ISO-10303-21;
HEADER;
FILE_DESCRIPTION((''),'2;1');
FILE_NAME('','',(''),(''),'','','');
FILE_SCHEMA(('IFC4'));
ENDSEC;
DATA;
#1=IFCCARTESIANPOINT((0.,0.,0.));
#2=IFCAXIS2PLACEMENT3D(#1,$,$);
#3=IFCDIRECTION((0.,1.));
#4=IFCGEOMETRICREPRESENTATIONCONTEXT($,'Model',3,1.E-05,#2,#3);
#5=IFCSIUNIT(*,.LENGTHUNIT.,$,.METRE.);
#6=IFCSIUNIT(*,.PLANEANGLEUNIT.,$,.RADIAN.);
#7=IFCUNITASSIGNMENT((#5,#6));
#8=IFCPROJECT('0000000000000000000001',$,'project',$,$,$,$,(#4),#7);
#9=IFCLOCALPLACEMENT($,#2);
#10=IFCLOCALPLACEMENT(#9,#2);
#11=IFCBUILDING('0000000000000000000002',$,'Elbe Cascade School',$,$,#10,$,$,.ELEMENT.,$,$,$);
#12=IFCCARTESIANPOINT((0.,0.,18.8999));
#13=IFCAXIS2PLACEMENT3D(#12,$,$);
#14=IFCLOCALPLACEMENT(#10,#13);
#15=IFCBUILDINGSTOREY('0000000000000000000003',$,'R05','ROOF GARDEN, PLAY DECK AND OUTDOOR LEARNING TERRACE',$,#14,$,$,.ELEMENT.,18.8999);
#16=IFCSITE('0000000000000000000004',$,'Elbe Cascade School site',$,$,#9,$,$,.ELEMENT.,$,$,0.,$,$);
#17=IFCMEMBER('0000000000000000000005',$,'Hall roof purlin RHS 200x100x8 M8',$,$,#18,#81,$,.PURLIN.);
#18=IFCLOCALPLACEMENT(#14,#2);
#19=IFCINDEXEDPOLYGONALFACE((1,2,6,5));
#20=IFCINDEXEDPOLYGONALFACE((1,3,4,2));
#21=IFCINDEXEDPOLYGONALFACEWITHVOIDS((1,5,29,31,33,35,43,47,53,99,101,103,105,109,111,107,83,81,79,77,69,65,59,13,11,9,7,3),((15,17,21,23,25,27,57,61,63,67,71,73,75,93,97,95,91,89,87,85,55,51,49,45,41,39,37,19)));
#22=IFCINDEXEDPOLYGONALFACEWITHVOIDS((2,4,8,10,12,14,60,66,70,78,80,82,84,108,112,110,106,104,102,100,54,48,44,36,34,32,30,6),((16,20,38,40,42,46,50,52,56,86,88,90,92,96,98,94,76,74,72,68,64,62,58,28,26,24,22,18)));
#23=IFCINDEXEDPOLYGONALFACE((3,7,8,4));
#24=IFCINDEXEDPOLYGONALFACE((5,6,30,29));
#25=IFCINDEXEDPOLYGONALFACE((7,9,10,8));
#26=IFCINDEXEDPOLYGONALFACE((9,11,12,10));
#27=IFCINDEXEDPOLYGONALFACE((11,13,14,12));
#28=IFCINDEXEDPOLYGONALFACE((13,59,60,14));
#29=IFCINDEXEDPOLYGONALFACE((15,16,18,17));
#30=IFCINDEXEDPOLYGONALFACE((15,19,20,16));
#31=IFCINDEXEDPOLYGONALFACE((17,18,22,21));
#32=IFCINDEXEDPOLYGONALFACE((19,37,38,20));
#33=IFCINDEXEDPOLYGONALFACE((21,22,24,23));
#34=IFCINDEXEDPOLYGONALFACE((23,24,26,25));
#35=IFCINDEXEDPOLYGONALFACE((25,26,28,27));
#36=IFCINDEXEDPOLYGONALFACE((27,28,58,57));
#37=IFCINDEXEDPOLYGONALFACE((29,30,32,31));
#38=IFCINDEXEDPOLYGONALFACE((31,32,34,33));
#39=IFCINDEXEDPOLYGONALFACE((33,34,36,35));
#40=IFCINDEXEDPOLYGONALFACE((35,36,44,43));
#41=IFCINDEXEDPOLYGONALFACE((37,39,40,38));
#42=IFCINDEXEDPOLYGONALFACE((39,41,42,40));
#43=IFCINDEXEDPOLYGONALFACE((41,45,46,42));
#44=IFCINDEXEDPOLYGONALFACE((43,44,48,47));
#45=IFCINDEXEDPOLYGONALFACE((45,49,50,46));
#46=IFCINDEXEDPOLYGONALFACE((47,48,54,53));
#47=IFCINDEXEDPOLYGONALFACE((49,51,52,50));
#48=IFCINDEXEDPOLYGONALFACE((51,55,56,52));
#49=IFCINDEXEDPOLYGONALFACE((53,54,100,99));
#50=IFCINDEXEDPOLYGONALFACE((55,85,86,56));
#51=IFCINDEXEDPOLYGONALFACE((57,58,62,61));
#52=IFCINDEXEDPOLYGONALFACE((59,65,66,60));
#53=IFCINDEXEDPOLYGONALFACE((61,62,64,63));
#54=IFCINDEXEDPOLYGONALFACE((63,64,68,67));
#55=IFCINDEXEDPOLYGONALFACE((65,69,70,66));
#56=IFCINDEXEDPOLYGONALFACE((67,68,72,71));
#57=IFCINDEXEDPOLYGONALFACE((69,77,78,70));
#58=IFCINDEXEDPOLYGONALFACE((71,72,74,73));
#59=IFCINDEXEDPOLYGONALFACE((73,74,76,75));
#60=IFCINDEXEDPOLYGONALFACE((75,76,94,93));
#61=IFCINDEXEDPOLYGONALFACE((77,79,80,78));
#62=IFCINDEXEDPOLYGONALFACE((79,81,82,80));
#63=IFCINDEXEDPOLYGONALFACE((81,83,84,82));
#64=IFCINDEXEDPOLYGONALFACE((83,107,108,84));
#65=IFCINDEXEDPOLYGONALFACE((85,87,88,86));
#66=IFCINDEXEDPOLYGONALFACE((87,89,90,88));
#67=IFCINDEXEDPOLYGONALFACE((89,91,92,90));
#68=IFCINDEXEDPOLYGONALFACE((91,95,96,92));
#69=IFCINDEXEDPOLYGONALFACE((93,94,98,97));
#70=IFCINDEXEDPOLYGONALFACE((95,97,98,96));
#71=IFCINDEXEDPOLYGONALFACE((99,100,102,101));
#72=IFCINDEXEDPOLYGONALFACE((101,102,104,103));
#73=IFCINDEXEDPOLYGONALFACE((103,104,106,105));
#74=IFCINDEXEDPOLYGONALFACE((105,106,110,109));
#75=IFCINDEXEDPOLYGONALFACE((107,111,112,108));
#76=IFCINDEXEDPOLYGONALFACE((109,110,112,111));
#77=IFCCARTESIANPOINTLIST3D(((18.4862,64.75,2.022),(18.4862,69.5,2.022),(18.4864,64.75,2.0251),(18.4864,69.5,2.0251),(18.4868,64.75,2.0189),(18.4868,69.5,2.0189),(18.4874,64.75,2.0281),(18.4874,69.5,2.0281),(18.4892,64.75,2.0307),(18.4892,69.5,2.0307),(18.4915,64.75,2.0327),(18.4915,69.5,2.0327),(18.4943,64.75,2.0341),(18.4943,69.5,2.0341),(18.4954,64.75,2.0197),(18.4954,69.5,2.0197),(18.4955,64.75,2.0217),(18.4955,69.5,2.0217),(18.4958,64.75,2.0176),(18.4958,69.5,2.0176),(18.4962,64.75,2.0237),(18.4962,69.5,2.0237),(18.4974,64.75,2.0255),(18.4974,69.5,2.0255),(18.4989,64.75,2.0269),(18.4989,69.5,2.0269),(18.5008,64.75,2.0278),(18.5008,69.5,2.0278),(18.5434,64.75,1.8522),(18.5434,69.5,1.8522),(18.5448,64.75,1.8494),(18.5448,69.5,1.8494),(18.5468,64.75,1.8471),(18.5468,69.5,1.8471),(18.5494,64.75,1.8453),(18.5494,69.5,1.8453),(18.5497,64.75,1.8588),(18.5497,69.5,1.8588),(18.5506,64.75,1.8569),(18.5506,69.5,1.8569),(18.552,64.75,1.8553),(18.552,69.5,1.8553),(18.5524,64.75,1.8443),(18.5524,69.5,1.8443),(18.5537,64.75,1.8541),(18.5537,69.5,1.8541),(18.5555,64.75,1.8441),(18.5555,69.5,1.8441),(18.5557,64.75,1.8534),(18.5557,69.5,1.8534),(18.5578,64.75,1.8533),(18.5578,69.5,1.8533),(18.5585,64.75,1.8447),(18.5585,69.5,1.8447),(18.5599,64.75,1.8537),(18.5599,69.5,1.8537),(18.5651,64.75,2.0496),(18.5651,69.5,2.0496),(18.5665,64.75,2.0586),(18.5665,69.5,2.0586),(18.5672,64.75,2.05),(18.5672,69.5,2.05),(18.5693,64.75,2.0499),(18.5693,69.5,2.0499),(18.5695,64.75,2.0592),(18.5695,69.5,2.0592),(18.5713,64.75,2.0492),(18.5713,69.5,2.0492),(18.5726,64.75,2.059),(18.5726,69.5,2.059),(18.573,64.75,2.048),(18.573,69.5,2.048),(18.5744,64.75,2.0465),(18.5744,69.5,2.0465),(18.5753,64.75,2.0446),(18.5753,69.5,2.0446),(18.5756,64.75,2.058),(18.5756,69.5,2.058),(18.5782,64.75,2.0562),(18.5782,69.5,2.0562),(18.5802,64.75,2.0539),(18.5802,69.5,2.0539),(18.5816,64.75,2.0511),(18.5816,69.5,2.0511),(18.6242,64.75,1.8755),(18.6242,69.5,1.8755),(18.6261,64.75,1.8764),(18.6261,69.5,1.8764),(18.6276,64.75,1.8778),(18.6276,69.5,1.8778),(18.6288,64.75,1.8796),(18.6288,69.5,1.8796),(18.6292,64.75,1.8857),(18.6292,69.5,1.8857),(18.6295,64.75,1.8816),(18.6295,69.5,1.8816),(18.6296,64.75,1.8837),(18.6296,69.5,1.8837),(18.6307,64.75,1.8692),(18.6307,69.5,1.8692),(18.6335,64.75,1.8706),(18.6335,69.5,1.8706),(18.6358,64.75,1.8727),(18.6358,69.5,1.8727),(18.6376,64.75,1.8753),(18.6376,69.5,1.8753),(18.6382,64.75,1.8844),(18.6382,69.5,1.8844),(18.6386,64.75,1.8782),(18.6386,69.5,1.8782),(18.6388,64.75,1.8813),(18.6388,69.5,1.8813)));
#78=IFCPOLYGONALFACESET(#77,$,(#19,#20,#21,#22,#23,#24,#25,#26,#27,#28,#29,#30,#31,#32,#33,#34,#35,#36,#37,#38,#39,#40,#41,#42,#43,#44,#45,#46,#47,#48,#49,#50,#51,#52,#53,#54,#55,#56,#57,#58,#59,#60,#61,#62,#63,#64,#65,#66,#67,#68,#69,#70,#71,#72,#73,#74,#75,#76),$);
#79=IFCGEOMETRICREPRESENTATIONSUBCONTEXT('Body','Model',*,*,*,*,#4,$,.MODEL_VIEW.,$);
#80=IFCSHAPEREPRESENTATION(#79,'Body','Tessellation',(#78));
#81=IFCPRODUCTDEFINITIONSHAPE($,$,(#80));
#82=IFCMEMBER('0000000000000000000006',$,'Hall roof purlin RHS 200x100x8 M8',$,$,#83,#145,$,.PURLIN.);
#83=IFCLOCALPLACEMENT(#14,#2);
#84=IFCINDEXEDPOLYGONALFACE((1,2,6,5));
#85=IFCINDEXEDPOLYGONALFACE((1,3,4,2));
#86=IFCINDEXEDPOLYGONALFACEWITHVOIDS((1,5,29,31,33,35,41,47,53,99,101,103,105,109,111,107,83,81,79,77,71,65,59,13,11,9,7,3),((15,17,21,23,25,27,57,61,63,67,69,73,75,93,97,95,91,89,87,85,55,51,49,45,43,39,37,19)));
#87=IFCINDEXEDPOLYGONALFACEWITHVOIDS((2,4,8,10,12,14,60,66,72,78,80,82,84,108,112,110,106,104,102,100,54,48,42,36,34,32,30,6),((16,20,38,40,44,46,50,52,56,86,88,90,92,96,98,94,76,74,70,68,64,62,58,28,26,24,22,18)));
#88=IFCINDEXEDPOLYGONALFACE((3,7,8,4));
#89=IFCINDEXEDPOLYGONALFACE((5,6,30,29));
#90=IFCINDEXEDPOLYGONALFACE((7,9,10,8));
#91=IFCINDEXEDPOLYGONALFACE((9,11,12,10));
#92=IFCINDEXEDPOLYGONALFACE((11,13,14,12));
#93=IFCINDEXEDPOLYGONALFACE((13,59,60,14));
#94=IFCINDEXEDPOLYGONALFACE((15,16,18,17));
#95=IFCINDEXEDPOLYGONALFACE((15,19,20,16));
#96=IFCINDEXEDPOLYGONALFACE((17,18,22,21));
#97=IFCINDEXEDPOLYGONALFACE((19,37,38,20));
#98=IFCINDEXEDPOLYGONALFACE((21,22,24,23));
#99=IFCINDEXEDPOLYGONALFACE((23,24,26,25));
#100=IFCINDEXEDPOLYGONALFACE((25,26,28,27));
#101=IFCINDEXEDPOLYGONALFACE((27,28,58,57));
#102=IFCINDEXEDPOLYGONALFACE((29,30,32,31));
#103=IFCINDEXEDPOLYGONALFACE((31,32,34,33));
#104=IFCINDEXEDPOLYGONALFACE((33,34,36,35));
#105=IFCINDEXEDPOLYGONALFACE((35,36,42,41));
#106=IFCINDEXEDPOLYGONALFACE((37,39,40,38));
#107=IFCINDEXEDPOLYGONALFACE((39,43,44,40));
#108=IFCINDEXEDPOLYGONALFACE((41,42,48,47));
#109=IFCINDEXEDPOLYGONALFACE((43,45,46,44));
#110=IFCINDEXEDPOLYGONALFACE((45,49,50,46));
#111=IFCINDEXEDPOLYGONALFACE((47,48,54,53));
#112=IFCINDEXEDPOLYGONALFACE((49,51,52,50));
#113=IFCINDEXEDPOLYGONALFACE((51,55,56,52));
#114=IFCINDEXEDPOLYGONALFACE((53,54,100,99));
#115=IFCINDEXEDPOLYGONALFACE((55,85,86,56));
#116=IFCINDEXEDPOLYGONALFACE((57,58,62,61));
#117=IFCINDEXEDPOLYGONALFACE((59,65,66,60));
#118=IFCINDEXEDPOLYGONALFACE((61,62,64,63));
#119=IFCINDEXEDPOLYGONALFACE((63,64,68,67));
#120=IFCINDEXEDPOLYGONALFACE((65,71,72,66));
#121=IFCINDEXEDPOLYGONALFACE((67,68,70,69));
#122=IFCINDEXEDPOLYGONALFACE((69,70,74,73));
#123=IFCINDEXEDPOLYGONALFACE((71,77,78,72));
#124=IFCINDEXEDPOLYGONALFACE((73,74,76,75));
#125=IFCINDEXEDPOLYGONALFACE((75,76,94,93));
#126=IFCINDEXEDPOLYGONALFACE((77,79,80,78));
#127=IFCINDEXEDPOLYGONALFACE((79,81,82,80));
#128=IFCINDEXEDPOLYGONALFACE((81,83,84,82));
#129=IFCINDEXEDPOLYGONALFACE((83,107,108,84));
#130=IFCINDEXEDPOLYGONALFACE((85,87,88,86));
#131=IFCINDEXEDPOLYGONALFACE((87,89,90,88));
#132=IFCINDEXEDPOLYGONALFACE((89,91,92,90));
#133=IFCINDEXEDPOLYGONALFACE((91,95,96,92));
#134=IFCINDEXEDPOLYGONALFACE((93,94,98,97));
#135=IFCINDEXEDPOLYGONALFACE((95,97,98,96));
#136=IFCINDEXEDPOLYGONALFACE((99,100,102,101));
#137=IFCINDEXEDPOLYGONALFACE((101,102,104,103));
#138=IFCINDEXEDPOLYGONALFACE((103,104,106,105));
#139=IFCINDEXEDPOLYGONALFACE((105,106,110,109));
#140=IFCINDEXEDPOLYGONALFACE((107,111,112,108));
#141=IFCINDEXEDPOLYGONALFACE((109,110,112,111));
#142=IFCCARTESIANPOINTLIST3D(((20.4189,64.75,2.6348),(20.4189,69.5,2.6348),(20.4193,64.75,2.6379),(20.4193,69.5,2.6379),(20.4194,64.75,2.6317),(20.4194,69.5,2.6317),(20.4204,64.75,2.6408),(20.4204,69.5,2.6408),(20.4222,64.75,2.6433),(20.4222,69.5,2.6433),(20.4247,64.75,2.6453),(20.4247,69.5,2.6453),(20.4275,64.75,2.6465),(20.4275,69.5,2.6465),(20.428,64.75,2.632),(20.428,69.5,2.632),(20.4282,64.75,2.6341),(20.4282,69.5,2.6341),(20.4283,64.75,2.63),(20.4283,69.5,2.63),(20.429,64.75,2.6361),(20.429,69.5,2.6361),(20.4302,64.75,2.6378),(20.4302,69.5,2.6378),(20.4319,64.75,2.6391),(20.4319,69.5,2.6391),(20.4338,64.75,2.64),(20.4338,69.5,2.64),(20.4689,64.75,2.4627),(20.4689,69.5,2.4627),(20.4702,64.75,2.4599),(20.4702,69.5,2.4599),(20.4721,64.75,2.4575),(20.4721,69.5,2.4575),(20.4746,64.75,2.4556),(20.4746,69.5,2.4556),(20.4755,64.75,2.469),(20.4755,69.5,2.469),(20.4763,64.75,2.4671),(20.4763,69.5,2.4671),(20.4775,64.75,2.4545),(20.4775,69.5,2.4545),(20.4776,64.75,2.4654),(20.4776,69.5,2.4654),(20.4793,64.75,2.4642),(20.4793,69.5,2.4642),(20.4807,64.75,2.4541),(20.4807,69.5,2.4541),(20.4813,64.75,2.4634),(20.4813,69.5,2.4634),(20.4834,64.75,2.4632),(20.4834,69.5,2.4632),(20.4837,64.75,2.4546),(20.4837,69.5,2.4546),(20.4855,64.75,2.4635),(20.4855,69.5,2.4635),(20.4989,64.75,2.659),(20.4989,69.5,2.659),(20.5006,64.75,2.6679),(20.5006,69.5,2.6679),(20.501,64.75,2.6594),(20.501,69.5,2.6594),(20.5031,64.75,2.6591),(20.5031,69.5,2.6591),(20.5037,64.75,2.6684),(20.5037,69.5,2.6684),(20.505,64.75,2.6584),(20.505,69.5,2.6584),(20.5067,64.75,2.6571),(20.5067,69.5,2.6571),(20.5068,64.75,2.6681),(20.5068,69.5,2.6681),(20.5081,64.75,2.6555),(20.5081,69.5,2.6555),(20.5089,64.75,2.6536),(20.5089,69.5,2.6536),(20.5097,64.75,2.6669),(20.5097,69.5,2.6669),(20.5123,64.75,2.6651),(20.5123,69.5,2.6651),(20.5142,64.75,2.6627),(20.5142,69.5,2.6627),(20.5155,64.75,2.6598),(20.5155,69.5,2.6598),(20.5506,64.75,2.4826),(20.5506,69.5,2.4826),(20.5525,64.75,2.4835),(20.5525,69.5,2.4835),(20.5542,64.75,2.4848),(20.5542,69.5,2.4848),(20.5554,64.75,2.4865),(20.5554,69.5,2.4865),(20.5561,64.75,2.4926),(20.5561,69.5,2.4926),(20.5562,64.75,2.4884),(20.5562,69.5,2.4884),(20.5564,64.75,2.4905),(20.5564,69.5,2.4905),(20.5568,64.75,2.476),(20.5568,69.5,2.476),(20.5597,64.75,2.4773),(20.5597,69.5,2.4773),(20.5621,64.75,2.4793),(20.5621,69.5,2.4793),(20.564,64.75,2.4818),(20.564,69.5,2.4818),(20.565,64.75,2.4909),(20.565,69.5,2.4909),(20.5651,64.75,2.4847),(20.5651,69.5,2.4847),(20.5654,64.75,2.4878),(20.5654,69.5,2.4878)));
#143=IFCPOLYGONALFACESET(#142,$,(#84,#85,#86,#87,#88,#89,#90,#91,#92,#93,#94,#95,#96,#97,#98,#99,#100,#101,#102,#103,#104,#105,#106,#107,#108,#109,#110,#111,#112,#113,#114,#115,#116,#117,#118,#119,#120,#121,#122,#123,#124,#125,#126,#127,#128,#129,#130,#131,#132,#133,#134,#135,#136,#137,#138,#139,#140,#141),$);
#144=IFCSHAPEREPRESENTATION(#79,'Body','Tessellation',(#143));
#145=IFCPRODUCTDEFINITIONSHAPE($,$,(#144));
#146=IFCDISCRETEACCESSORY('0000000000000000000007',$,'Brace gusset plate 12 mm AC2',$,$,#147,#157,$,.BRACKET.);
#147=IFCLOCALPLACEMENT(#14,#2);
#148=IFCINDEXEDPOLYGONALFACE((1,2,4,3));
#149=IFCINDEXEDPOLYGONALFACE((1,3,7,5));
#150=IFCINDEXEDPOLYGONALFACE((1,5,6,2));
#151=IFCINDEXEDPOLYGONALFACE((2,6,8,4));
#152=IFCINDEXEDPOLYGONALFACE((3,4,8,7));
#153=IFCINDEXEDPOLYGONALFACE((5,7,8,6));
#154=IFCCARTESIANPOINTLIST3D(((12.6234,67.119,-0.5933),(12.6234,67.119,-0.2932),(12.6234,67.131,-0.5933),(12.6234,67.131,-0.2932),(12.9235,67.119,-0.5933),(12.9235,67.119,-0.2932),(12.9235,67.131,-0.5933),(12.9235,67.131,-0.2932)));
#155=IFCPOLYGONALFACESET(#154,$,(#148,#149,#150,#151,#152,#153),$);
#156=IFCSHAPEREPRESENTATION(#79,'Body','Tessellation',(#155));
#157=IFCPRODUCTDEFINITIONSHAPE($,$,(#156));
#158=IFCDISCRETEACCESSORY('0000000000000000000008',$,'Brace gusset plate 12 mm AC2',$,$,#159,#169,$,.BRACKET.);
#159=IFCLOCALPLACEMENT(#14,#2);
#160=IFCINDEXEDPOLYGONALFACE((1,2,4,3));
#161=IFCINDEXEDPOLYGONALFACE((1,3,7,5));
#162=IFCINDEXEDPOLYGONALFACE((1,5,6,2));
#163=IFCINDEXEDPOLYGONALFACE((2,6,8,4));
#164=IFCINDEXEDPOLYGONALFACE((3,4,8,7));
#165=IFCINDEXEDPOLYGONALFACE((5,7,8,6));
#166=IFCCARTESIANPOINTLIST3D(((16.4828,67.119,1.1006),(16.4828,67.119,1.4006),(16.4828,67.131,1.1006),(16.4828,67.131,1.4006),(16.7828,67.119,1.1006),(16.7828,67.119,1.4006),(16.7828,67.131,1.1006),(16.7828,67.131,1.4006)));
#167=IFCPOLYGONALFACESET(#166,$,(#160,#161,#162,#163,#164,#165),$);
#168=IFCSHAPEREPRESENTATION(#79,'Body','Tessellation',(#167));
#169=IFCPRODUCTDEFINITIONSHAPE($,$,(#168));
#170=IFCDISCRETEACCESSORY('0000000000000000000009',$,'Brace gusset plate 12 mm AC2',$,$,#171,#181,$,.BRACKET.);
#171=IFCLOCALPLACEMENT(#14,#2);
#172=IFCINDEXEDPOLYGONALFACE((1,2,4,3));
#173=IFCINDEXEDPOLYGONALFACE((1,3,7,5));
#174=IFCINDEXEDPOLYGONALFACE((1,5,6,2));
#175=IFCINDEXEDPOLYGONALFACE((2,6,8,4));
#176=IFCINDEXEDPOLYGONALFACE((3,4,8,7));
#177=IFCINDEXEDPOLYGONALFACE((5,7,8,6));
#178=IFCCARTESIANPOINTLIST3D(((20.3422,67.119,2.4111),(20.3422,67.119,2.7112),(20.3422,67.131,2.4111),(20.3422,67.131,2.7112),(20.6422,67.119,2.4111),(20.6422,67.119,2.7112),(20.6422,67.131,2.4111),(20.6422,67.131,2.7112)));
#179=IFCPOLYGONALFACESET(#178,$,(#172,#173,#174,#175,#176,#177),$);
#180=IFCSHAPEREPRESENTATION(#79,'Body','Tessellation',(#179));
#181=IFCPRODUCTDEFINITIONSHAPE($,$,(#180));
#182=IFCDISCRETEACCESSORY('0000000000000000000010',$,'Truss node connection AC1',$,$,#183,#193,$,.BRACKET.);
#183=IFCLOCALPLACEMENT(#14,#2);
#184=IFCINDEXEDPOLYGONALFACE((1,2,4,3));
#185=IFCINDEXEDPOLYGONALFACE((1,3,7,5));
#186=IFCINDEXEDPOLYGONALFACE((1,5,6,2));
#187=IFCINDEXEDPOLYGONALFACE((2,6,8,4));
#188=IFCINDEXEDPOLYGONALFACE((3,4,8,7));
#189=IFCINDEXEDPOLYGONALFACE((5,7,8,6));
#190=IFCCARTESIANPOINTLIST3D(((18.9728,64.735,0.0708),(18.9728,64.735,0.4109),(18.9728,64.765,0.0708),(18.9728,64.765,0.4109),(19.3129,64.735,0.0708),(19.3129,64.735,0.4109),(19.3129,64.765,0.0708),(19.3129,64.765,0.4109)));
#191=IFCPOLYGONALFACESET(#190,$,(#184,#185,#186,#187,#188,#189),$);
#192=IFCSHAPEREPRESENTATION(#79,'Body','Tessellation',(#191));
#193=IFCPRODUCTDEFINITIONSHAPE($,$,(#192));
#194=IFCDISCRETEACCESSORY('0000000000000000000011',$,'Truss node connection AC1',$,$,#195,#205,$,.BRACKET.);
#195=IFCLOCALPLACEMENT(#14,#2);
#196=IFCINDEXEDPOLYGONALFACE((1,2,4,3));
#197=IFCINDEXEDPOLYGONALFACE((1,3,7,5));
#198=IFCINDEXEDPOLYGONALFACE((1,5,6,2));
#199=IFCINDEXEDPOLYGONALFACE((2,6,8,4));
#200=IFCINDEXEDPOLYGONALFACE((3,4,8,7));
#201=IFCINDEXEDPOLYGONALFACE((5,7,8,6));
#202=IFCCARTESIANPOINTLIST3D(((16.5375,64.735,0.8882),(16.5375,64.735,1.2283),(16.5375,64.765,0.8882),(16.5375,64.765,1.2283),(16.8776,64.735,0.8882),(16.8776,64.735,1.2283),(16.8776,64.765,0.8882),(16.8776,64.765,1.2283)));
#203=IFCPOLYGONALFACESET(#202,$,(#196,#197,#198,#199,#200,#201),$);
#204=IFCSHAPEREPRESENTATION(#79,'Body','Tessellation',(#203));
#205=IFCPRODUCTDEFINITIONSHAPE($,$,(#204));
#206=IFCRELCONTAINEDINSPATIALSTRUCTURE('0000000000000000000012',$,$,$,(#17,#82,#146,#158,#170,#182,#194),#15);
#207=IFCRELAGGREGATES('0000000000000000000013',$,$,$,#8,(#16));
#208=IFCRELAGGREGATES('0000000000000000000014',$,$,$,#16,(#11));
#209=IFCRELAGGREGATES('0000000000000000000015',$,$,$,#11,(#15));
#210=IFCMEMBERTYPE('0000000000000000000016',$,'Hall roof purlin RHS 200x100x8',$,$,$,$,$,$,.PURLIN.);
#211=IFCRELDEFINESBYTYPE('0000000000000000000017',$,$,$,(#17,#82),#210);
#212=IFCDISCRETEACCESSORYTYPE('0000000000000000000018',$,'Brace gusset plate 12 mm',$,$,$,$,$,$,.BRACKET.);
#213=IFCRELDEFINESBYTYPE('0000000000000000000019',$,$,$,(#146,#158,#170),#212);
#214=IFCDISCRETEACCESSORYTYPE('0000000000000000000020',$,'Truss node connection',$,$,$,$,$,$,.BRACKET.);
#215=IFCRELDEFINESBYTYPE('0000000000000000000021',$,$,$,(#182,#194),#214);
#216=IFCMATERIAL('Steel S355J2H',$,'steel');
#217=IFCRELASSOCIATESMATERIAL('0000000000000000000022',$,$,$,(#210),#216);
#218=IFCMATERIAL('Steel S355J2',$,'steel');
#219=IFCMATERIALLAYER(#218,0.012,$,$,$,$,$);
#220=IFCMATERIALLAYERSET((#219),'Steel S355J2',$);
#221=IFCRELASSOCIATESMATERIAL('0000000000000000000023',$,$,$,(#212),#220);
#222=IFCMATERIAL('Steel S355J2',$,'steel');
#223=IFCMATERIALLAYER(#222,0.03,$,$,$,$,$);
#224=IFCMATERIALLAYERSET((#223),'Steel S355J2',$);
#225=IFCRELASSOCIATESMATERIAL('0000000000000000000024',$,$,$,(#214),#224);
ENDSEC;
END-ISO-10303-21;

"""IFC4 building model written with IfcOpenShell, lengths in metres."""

from ifc_helpers import new_model, si_unit, direction, frame, origin, origin_2d, place, context, subcontext, project, spatial, rectangle, hollow_rectangle, extrude, material, layer, layer_set, material_profile, profile_set, type_object, element, save


model = new_model("IFC4")

# Units and contexts
model_context = context("Model", 3, precision=1e-05, world=origin(), true_north=direction((0.0, 1.0)))
body_context = subcontext(model_context, "Body", "Model", "MODEL_VIEW")
ifc_project = project(units=[si_unit("LENGTHUNIT", "METRE"), si_unit("PLANEANGLEUNIT", "RADIAN")], contexts=[model_context])

# Site, building, storey
site_placement = place(None, origin())
site = spatial("IfcSite", under=ifc_project, at=site_placement, Name="Elbe Cascade School site", CompositionType="ELEMENT", RefElevation=0.0)
building_placement = place(site_placement, origin())
building = spatial("IfcBuilding", under=site, at=building_placement, Name="Elbe Cascade School", CompositionType="ELEMENT")
storey_placement = place(building_placement, frame((0.0, 0.0, 18.8999)))
storey = spatial("IfcBuildingStorey", under=building, at=storey_placement, Name="R05", Description="ROOF GARDEN, PLAY DECK AND OUTDOOR LEARNING TERRACE", CompositionType="ELEMENT", Elevation=18.8999)

# Members
ifc_material_1 = material(Name="Steel S355J2H", Category="steel")
ifc_material_profile_1 = material_profile(ifc_material_1, hollow_rectangle(XDim=0.1001, YDim=0.2, WallThickness=0.0081, InnerFilletRadius=0.0081, OuterFilletRadius=0.012, at=origin_2d()), Name="RHS 200x100x8")
ifc_profile_set_1 = profile_set([ifc_material_profile_1], Name="Steel S355J2H")
member_type_1 = type_object("IfcMemberType", Name="Hall roof purlin RHS 200x100x8", PredefinedType="PURLIN", material=ifc_profile_set_1)
for number, where, z_axis, x_axis, name in (
    (1, (18.5625, 64.75, 1.9517), (0.0, 1.0, 0.0), (-0.946999, 0.0, -0.321236), "Hall roof purlin RHS 200x100x8 M8"),
    (2, (20.4922, 64.75, 2.5613), (0.0, 1.0, 0.0), (-0.959684, 0.0, -0.281081), "Hall roof purlin RHS 200x100x8 M8"),
):
    element("IfcMember", number, at=place(storey_placement, frame(where, z_axis=z_axis, x_axis=x_axis)), inside=storey, type_object=member_type_1, Name=name, PredefinedType="PURLIN", context=body_context, shape_type="SweptSolid", body=[
        extrude(hollow_rectangle(XDim=0.1001, YDim=0.2, WallThickness=0.0081, InnerFilletRadius=0.0081, OuterFilletRadius=0.012, at=origin_2d()), origin(), (0.0, 0.0, 1.0), 4.75),
    ])

# Discrete accessories
ifc_material_2 = material(Name="Steel S355J2", Category="steel")
ifc_layer_1 = layer(ifc_material_2, 0.012)
ifc_layer_set_1 = layer_set([ifc_layer_1], Name="Steel S355J2")
discrete_accessory_type_1 = type_object("IfcDiscreteAccessoryType", Name="Brace gusset plate 12 mm", PredefinedType="BRACKET", material=ifc_layer_set_1)
for number, where, z_axis, x_axis, name in (
    (3, (12.7734, 67.125, -0.5933), (0.0, 0.0, 1.0), (1.0, 0.0, 0.0), "Brace gusset plate 12 mm AC2"),
    (4, (16.6328, 67.125, 1.1006), (0.0, 0.0, 1.0), (1.0, 0.0, 0.0), "Brace gusset plate 12 mm AC2"),
    (5, (20.4922, 67.125, 2.4111), (0.0, 0.0, 1.0), (1.0, 0.0, 0.0), "Brace gusset plate 12 mm AC2"),
):
    element("IfcDiscreteAccessory", number, at=place(storey_placement, frame(where, z_axis=z_axis, x_axis=x_axis)), inside=storey, type_object=discrete_accessory_type_1, Name=name, PredefinedType="BRACKET", context=body_context, shape_type="SweptSolid", body=[
        extrude(rectangle(XDim=0.3, YDim=0.012, at=origin_2d()), origin(), (0.0, 0.0, 1.0), 0.3),
    ])
ifc_material_3 = material(Name="Steel S355J2", Category="steel")
ifc_layer_2 = layer(ifc_material_3, 0.03)
ifc_layer_set_2 = layer_set([ifc_layer_2], Name="Steel S355J2")
discrete_accessory_type_2 = type_object("IfcDiscreteAccessoryType", Name="Truss node connection", PredefinedType="BRACKET", material=ifc_layer_set_2)
for number, where, z_axis, x_axis, name in (
    (6, (19.1428, 64.75, 0.0708), (0.0, 0.0, 1.0), (1.0, 0.0, 0.0), "Truss node connection AC1"),
    (7, (16.7075, 64.75, 0.8882), (0.0, 0.0, 1.0), (1.0, 0.0, 0.0), "Truss node connection AC1"),
):
    element("IfcDiscreteAccessory", number, at=place(storey_placement, frame(where, z_axis=z_axis, x_axis=x_axis)), inside=storey, type_object=discrete_accessory_type_2, Name=name, PredefinedType="BRACKET", context=body_context, shape_type="SweptSolid", body=[
        extrude(rectangle(XDim=0.3401, YDim=0.03, at=origin_2d()), origin(), (0.0, 0.0, 1.0), 0.3401),
    ])

save(model, "model.ifc")
